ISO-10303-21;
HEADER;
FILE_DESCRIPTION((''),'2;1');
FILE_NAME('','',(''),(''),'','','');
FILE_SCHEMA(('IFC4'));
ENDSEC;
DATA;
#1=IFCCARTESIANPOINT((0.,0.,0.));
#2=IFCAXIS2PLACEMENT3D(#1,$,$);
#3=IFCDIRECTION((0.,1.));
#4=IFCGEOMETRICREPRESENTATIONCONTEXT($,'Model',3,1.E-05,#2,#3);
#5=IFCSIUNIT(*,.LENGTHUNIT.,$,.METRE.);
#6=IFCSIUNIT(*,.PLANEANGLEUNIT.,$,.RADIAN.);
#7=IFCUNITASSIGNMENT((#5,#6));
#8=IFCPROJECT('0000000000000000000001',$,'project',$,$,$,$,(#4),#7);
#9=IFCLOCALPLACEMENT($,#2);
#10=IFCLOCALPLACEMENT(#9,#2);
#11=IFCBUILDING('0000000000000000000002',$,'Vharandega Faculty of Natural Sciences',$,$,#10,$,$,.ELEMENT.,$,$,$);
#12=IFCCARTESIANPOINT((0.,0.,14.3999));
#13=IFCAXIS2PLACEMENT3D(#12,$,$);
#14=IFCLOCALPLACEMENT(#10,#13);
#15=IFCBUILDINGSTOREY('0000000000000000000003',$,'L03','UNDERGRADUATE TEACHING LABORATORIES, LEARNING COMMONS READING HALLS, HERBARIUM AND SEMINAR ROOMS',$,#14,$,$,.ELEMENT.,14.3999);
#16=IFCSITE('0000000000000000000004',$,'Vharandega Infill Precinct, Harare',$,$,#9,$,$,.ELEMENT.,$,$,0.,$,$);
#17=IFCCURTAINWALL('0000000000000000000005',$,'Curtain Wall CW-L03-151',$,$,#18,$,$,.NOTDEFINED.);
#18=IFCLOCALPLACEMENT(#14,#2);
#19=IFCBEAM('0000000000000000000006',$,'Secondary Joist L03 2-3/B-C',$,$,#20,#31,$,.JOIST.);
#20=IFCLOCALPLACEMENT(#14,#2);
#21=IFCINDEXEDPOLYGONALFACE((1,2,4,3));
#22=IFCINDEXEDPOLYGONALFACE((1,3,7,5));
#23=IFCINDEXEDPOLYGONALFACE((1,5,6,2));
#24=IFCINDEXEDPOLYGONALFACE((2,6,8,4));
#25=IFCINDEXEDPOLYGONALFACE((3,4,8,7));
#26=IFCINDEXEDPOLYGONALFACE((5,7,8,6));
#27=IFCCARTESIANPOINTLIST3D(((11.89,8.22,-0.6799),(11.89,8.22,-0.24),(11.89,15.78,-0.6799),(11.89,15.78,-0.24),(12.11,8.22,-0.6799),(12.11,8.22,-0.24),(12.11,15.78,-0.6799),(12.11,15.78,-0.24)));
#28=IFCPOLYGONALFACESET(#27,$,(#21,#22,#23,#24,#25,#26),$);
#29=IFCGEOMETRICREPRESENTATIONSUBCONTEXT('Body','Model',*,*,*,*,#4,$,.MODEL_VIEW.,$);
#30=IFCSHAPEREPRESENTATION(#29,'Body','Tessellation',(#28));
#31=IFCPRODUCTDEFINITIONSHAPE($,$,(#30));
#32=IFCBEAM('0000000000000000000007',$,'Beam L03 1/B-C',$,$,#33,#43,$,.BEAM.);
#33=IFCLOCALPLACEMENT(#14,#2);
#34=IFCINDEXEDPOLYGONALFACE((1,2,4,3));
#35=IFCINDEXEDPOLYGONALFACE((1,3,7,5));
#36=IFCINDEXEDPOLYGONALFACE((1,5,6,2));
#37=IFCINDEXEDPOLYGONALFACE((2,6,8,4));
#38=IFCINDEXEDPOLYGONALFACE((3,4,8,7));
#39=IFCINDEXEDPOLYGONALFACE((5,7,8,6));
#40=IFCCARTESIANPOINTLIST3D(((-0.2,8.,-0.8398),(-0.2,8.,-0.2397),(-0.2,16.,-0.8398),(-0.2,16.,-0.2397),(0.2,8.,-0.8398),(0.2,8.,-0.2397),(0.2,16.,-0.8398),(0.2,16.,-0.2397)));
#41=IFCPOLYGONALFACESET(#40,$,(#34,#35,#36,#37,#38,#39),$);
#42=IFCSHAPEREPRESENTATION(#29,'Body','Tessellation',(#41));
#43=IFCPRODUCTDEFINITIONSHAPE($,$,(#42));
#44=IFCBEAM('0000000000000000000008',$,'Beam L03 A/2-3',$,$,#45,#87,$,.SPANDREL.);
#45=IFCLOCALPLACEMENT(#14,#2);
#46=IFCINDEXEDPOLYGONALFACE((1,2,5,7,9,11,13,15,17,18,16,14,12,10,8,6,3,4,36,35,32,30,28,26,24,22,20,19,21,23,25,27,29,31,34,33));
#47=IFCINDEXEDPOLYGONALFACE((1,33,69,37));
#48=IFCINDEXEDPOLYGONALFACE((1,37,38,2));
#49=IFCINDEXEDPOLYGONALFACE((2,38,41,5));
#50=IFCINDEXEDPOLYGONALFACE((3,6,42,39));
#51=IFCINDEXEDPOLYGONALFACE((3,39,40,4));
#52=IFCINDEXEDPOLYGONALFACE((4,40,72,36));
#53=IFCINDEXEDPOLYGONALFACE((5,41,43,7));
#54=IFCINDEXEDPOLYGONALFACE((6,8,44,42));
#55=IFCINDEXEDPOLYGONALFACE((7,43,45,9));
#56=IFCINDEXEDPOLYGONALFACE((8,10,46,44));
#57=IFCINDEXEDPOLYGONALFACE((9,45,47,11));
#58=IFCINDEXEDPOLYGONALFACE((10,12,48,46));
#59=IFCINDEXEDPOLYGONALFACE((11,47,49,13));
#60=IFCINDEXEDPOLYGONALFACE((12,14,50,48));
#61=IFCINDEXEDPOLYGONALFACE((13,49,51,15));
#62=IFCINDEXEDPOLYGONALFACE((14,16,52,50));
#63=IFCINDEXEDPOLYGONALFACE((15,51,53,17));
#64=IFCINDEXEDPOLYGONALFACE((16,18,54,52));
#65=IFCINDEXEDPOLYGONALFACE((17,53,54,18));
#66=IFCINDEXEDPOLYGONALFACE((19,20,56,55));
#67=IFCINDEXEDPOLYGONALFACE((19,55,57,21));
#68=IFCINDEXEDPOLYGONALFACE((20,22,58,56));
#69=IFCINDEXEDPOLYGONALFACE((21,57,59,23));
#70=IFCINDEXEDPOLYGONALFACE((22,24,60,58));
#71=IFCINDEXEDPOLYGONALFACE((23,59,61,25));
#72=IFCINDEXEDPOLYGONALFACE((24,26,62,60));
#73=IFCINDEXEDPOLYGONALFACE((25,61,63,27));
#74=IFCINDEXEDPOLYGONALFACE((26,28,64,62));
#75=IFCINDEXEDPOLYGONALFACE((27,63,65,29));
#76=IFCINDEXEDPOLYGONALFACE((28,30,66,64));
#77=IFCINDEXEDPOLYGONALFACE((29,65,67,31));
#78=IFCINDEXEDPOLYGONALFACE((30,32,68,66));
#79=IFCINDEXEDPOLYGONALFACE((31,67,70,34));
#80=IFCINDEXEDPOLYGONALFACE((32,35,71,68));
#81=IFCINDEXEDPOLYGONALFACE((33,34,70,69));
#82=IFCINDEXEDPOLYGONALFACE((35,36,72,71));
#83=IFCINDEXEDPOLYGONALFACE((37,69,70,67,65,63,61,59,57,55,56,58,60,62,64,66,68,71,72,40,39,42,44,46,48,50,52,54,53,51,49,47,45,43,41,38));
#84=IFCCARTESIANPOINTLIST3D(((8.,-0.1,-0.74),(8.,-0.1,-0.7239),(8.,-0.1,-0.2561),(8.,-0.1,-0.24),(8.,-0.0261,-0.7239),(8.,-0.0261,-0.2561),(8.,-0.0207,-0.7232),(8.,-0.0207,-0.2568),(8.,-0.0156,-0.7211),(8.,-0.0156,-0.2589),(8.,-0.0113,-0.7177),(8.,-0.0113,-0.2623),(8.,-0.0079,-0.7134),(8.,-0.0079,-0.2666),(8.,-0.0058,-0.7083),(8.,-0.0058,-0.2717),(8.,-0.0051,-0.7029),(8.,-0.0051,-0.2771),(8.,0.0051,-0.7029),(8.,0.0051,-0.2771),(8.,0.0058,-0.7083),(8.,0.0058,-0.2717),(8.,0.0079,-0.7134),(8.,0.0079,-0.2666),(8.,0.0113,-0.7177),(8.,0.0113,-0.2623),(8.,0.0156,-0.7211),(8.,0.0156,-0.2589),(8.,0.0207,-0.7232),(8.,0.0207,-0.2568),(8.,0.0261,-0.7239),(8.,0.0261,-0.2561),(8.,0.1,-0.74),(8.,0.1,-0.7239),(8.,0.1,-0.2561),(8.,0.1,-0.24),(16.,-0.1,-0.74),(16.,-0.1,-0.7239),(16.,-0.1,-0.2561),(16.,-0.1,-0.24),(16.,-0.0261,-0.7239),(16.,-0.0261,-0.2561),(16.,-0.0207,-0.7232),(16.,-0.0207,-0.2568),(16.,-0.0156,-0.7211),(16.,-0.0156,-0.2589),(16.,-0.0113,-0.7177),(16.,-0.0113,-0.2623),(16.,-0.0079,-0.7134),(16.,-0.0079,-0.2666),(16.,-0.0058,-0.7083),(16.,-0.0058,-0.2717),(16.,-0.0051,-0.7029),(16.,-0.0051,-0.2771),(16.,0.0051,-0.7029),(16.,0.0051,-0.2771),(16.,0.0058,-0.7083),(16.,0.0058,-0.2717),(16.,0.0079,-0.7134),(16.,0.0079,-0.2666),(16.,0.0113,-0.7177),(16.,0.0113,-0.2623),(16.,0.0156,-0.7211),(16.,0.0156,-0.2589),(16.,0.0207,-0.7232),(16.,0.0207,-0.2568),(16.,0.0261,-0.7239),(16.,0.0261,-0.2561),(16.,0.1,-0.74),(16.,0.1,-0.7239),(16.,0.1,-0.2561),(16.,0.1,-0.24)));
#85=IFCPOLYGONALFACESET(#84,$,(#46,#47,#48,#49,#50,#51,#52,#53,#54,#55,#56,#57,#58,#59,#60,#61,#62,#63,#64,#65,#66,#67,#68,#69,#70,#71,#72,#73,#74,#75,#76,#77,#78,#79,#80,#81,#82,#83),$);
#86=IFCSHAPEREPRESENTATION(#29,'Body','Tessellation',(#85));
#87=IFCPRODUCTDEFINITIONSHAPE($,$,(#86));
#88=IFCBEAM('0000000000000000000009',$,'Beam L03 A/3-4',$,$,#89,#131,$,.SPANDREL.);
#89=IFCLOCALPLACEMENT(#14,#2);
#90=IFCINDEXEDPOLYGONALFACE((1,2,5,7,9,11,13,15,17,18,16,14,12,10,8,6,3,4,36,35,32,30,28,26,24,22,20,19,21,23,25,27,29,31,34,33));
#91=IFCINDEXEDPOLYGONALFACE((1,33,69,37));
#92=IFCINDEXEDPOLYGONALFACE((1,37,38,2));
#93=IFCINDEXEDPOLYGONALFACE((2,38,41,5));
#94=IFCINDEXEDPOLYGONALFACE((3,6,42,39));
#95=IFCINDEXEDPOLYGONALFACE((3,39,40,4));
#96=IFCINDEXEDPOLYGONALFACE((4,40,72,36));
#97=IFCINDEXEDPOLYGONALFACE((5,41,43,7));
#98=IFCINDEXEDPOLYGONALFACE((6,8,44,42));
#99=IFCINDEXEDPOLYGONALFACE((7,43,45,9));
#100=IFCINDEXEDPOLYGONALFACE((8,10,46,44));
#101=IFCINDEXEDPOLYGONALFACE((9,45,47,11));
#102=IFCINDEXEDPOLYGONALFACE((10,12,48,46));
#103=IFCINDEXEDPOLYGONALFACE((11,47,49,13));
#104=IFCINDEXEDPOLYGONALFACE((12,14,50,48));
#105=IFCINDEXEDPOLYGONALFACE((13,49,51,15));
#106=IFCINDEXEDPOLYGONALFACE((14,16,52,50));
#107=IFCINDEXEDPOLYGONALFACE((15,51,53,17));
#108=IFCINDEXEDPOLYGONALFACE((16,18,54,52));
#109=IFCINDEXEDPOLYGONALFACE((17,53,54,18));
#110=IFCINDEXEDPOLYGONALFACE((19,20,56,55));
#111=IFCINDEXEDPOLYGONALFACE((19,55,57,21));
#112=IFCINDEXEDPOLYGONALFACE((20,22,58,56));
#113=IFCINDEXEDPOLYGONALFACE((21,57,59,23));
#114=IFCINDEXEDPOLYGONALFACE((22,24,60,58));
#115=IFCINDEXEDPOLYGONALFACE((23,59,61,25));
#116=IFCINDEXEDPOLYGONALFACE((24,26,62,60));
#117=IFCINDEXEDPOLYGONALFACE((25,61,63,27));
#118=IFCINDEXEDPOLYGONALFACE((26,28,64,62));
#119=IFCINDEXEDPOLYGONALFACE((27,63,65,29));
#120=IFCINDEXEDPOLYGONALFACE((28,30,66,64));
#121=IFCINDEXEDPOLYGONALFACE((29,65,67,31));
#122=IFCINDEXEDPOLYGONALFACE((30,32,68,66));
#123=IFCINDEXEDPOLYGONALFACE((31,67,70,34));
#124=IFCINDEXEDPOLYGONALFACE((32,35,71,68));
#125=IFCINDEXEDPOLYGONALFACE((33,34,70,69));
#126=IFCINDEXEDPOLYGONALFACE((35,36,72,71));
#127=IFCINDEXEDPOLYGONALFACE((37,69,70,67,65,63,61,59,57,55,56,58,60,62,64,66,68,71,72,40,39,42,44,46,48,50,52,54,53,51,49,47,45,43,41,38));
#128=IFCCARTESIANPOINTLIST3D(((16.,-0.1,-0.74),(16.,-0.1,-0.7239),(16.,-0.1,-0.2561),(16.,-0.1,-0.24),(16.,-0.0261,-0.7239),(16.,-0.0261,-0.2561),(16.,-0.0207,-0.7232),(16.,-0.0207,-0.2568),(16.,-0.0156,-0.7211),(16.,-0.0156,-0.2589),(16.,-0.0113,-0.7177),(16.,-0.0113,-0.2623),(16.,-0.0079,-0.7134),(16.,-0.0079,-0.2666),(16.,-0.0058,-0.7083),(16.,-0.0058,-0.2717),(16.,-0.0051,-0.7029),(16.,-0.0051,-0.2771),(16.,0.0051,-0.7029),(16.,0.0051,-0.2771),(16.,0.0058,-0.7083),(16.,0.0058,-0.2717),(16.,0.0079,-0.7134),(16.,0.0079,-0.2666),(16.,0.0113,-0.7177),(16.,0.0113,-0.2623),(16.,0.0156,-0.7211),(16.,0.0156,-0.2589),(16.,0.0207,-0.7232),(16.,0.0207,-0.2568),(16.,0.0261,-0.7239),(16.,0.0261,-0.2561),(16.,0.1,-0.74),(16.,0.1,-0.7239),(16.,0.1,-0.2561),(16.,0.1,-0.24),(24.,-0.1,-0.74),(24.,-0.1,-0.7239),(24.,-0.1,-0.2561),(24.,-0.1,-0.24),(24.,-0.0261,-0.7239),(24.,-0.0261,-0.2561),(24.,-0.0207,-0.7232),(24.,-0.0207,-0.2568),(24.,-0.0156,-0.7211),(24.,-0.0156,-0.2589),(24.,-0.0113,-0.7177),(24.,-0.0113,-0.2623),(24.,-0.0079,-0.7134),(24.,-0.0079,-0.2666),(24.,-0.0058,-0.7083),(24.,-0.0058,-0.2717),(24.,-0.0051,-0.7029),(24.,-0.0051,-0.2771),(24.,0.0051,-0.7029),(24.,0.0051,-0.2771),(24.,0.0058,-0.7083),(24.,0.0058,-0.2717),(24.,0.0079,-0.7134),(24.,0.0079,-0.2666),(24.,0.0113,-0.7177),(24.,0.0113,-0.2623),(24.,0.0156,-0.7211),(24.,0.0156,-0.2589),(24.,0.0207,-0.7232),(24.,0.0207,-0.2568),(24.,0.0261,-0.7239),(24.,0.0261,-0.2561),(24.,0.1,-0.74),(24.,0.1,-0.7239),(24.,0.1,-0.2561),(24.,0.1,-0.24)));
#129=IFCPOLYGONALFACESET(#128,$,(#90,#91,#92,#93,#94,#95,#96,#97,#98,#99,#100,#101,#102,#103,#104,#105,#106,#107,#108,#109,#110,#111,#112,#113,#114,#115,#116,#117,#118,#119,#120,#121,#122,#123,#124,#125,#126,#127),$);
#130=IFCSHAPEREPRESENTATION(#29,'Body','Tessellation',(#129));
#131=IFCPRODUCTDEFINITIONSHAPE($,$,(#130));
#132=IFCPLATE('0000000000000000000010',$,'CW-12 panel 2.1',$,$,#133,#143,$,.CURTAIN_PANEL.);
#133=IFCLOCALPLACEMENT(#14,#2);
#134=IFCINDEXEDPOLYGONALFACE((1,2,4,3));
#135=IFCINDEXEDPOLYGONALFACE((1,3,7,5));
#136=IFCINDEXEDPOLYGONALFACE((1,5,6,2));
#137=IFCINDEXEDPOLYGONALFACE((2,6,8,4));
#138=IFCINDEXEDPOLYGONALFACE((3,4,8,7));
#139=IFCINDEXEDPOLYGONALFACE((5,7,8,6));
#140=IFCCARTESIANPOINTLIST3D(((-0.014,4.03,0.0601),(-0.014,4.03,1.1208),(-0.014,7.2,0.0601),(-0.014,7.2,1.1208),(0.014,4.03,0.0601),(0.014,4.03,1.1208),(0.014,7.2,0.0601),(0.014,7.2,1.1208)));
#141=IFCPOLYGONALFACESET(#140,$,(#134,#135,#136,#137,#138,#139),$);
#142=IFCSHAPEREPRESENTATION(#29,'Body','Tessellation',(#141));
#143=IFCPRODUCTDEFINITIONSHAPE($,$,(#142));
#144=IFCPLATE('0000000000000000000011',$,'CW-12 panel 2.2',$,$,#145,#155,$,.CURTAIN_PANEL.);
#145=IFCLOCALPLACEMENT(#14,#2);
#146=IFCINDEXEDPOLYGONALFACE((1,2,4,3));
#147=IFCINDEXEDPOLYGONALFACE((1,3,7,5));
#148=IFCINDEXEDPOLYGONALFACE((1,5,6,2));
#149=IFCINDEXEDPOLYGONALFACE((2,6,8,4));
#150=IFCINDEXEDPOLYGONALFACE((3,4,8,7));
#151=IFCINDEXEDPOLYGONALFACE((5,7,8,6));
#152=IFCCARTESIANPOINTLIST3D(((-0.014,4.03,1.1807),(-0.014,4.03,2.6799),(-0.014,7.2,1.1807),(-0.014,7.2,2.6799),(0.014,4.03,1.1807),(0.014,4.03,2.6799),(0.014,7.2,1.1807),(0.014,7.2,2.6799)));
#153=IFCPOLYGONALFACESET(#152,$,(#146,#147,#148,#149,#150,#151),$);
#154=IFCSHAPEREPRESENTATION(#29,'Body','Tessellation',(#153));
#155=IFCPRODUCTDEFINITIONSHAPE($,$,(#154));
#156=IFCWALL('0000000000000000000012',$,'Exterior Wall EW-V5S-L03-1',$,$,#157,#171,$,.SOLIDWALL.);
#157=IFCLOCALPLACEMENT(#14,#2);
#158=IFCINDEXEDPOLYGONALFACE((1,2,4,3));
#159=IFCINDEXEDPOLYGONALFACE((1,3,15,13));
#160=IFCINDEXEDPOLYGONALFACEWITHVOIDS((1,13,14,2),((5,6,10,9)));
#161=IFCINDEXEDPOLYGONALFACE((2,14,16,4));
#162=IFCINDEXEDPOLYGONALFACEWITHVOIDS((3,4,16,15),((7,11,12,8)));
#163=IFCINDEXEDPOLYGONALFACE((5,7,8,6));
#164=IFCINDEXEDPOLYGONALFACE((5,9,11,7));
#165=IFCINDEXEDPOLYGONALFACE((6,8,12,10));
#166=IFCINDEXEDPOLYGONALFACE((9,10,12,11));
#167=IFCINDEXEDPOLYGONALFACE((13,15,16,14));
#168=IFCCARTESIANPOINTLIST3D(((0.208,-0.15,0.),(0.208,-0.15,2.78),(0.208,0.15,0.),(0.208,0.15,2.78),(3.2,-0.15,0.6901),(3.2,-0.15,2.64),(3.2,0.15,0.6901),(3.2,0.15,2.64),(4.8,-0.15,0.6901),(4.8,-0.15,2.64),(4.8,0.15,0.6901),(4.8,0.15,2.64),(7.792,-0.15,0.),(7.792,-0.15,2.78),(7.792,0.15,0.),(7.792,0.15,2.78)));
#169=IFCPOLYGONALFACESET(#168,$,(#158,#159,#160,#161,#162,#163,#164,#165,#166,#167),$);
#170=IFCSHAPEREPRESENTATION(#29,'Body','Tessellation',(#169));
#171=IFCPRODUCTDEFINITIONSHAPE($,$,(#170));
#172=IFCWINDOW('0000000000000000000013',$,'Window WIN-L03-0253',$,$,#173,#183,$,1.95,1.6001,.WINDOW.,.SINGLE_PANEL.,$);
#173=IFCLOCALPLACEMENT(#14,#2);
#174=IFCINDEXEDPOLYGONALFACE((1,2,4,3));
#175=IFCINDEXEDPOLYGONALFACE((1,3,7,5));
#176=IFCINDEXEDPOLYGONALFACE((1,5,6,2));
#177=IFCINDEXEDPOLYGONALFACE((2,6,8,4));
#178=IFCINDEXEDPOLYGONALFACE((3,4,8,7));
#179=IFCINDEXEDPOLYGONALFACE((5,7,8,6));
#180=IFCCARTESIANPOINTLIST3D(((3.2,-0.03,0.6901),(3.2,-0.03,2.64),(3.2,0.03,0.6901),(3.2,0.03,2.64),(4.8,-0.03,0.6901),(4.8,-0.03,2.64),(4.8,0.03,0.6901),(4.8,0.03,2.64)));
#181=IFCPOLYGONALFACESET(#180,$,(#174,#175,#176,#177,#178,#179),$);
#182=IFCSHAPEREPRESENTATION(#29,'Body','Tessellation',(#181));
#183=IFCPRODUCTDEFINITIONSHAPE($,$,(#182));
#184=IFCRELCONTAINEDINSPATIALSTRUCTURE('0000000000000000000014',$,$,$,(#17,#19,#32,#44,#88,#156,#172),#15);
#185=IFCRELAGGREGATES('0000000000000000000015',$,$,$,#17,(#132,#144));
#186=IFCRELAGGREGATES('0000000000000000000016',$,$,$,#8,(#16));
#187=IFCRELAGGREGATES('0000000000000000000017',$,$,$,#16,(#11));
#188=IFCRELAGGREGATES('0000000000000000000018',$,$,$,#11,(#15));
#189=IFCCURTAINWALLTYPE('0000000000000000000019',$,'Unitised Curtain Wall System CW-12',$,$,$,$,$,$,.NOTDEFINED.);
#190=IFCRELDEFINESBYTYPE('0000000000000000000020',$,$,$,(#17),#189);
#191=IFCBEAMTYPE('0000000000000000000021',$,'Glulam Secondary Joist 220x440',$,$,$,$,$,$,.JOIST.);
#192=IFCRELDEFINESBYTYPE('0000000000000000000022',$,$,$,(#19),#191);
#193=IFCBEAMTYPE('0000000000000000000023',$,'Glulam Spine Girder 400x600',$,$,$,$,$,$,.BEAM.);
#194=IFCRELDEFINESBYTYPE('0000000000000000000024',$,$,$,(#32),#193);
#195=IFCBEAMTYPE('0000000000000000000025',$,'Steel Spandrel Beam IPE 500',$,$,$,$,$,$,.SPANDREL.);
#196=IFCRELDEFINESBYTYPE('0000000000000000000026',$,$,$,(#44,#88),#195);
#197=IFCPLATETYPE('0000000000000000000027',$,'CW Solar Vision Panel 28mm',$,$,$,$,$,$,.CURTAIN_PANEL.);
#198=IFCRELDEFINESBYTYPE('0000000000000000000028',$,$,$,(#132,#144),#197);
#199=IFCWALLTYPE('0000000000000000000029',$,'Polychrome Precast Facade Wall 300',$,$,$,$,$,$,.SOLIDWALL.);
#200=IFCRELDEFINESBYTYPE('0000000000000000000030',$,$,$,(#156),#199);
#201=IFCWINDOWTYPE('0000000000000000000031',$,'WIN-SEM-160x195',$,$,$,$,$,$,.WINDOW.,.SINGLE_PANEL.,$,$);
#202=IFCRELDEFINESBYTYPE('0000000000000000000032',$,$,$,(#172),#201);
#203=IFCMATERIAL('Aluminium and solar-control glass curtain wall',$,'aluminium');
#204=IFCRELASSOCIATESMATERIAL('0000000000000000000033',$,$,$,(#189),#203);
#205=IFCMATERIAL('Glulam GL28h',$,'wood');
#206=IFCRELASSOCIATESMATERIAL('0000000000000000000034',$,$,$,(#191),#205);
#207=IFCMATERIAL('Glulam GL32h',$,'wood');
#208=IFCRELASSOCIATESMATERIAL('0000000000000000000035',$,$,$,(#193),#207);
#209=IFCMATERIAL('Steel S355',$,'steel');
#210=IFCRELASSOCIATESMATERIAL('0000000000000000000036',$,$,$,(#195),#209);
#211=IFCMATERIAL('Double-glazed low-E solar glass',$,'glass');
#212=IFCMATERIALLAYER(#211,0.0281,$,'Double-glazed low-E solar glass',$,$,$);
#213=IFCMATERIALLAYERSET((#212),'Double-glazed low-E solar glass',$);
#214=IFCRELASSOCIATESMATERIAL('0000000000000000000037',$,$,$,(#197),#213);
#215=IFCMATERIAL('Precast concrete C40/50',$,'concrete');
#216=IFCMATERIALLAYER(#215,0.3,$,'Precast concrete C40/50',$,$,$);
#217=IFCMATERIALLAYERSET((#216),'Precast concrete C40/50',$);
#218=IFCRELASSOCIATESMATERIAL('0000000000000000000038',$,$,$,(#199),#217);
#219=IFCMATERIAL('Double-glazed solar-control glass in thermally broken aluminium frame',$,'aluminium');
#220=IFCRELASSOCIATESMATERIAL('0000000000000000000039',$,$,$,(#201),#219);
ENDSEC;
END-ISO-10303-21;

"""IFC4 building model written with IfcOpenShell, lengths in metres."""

from ifc_helpers import new_model, si_unit, direction, frame, frame_2d, origin, origin_2d, place, context, subcontext, project, spatial, rectangle, i_section, extrude, material, layer, layer_set, material_profile, profile_set, type_object, element, fill, aggregate, save


model = new_model("IFC4")

# Units and contexts
model_context = context("Model", 3, precision=1e-05, world=origin(), true_north=direction((0.0, 1.0)))
body_context = subcontext(model_context, "Body", "Model", "MODEL_VIEW")
ifc_project = project(units=[si_unit("LENGTHUNIT", "METRE"), si_unit("PLANEANGLEUNIT", "RADIAN")], contexts=[model_context])

# Site, building, storey
site_placement = place(None, origin())
site = spatial("IfcSite", under=ifc_project, at=site_placement, Name="Vharandega Infill Precinct, Harare", CompositionType="ELEMENT", RefElevation=0.0)
building_placement = place(site_placement, origin())
building = spatial("IfcBuilding", under=site, at=building_placement, Name="Vharandega Faculty of Natural Sciences", CompositionType="ELEMENT")
storey_placement = place(building_placement, frame((0.0, 0.0, 14.3999)))
storey = spatial("IfcBuildingStorey", under=building, at=storey_placement, Name="L03", Description="UNDERGRADUATE TEACHING LABORATORIES, LEARNING COMMONS READING HALLS, HERBARIUM AND SEMINAR ROOMS", CompositionType="ELEMENT", Elevation=14.3999)

# Curtain wall
ifc_material_1 = material(Name="Aluminium and solar-control glass curtain wall", Category="aluminium")
curtain_wall_type_1 = type_object("IfcCurtainWallType", Name="Unitised Curtain Wall System CW-12", PredefinedType="NOTDEFINED", material=ifc_material_1)
curtain_wall_1_placement = place(storey_placement, origin())
curtain_wall_1 = element("IfcCurtainWall", 1, at=curtain_wall_1_placement, inside=storey, type_object=curtain_wall_type_1, Name="Curtain Wall CW-L03-151", PredefinedType="NOTDEFINED")

# Beams
ifc_material_2 = material(Name="Glulam GL28h", Category="wood")
ifc_material_profile_1 = material_profile(ifc_material_2, rectangle(XDim=0.22, YDim=0.4399, at=origin_2d()), Name="GL28h 220x440")
ifc_profile_set_1 = profile_set([ifc_material_profile_1], Name="Glulam GL28h")
beam_type_1 = type_object("IfcBeamType", Name="Glulam Secondary Joist 220x440", PredefinedType="JOIST", material=ifc_profile_set_1)
beam_1_placement = place(storey_placement, frame((12.0, 8.22, -0.46), z_axis=(0.0, 1.0, 0.0), x_axis=(-1.0, 0.0, 0.0)))
element("IfcBeam", 2, at=beam_1_placement, inside=storey, type_object=beam_type_1, Name="Secondary Joist L03 2-3/B-C", PredefinedType="JOIST", context=body_context, shape_type="SweptSolid", body=[
    extrude(rectangle(XDim=0.22, YDim=0.4399, at=origin_2d()), origin(), (0.0, 0.0, 1.0), 7.5601),
])
ifc_material_3 = material(Name="Glulam GL32h", Category="wood")
ifc_material_profile_2 = material_profile(ifc_material_3, rectangle(XDim=0.3999, YDim=0.6001, at=origin_2d()), Name="GL32h 400x600")
ifc_profile_set_2 = profile_set([ifc_material_profile_2], Name="Glulam GL32h")
beam_type_2 = type_object("IfcBeamType", Name="Glulam Spine Girder 400x600", PredefinedType="BEAM", material=ifc_profile_set_2)
beam_2_placement = place(storey_placement, frame((0.0, 8.0, -0.5398), z_axis=(0.0, 1.0, 0.0), x_axis=(-1.0, 0.0, 0.0)))
element("IfcBeam", 3, at=beam_2_placement, inside=storey, type_object=beam_type_2, Name="Beam L03 1/B-C", PredefinedType="BEAM", context=body_context, shape_type="SweptSolid", body=[
    extrude(rectangle(XDim=0.3999, YDim=0.6001, at=origin_2d()), origin(), (0.0, 0.0, 1.0), 8.0),
])
ifc_material_4 = material(Name="Steel S355", Category="steel")
ifc_material_profile_3 = material_profile(ifc_material_4, i_section(OverallWidth=0.2, OverallDepth=0.5, WebThickness=0.0103, FlangeThickness=0.0161, FilletRadius=0.021, at=origin_2d()), Name="IPE 500")
ifc_profile_set_3 = profile_set([ifc_material_profile_3], Name="Steel S355")
beam_type_3 = type_object("IfcBeamType", Name="Steel Spandrel Beam IPE 500", PredefinedType="SPANDREL", material=ifc_profile_set_3)
for number, where, z_axis, x_axis, name in (
    (4, (8.0, 0.0, -0.49), (1.0, 0.0, 0.0), (0.0, 1.0, 0.0), "Beam L03 A/2-3"),
    (5, (16.0, 0.0, -0.49), (1.0, 0.0, 0.0), (0.0, 1.0, 0.0), "Beam L03 A/3-4"),
):
    element("IfcBeam", number, at=place(storey_placement, frame(where, z_axis=z_axis, x_axis=x_axis)), inside=storey, type_object=beam_type_3, Name=name, PredefinedType="SPANDREL", context=body_context, shape_type="SweptSolid", body=[
        extrude(i_section(OverallWidth=0.2, OverallDepth=0.5, WebThickness=0.0103, FlangeThickness=0.0161, FilletRadius=0.021, at=origin_2d()), origin(), (0.0, 0.0, 1.0), 8.0),
    ])

# Plates
ifc_material_5 = material(Name="Double-glazed low-E solar glass", Category="glass")
ifc_layer_1 = layer(ifc_material_5, 0.0281, Name="Double-glazed low-E solar glass")
ifc_layer_set_1 = layer_set([ifc_layer_1], Name="Double-glazed low-E solar glass")
plate_type = type_object("IfcPlateType", Name="CW Solar Vision Panel 28mm", PredefinedType="CURTAIN_PANEL", material=ifc_layer_set_1)
plate_1_placement = place(storey_placement, frame((0.0, 5.615, 0.0601), z_axis=(0.0, 0.0, 1.0), x_axis=(0.0, 1.0, 0.0)))
plate_1 = element("IfcPlate", 6, at=plate_1_placement, type_object=plate_type, Name="CW-12 panel 2.1", PredefinedType="CURTAIN_PANEL", context=body_context, shape_type="SweptSolid", body=[
    extrude(rectangle(XDim=3.1699, YDim=0.0281, at=origin_2d()), origin(), (0.0, 0.0, 1.0), 1.0608),
])
plate_2_placement = place(storey_placement, frame((0.0, 5.615, 1.1807), z_axis=(0.0, 0.0, 1.0), x_axis=(0.0, 1.0, 0.0)))
plate_2 = element("IfcPlate", 7, at=plate_2_placement, type_object=plate_type, Name="CW-12 panel 2.2", PredefinedType="CURTAIN_PANEL", context=body_context, shape_type="SweptSolid", body=[
    extrude(rectangle(XDim=3.1699, YDim=0.0281, at=origin_2d()), origin(), (0.0, 0.0, 1.0), 1.4993),
])
aggregate(curtain_wall_1, [plate_1, plate_2])

# Wall, opening, window
ifc_material_6 = material(Name="Precast concrete C40/50", Category="concrete")
ifc_layer_2 = layer(ifc_material_6, 0.3, Name="Precast concrete C40/50")
ifc_layer_set_2 = layer_set([ifc_layer_2], Name="Precast concrete C40/50")
wall_type_1 = type_object("IfcWallType", Name="Polychrome Precast Facade Wall 300", PredefinedType="SOLIDWALL", material=ifc_layer_set_2)
wall_1_placement = place(storey_placement, frame((7.792, 0.0, 0.0), z_axis=(0.0, 0.0, 1.0), x_axis=(-1.0, 0.0, 0.0)))
wall_1 = element("IfcWall", 8, at=wall_1_placement, inside=storey, type_object=wall_type_1, Name="Exterior Wall EW-V5S-L03-1", PredefinedType="SOLIDWALL", context=body_context, shape_type="SweptSolid", body=[
    extrude(rectangle(XDim=7.584, YDim=0.3, at=frame_2d((3.792, 0.0))), origin(), (0.0, 0.0, 1.0), 2.78),
])
opening_1_placement = place(wall_1_placement, frame((2.9919, 0.0, 0.6899)))
opening_1 = element("IfcOpeningElement", 9, at=opening_1_placement, cuts=wall_1, PredefinedType="OPENING", context=body_context, shape_type="SweptSolid", body=[
    extrude(rectangle(XDim=1.6001, YDim=1.95, at=frame_2d((0.8, 0.9751))), frame((0.0, 0.1602, 0.0), z_axis=(0.0, -1.0, 0.0), x_axis=(1.0, 0.0, 0.0)), (0.0, 0.0, 1.0), 0.3201),
])
ifc_material_7 = material(Name="Double-glazed solar-control glass in thermally broken aluminium frame", Category="aluminium")
window_type_1 = type_object("IfcWindowType", Name="WIN-SEM-160x195", PartitioningType="SINGLE_PANEL", PredefinedType="WINDOW", material=ifc_material_7)
window_1_placement = place(opening_1_placement, origin())
window_1 = element("IfcWindow", 10, at=window_1_placement, inside=storey, type_object=window_type_1, Name="Window WIN-L03-0253", OverallHeight=1.95, OverallWidth=1.6001, PartitioningType="SINGLE_PANEL", PredefinedType="WINDOW", context=body_context, shape_type="SweptSolid", body=[
    extrude(rectangle(XDim=1.6001, YDim=1.95, at=frame_2d((0.8, 0.9751))), frame((0.0, 0.03, 0.0), z_axis=(0.0, -1.0, 0.0), x_axis=(1.0, 0.0, 0.0)), (0.0, 0.0, 1.0), 0.0601),
])
fill(opening_1, window_1)

save(model, "model.ifc")
